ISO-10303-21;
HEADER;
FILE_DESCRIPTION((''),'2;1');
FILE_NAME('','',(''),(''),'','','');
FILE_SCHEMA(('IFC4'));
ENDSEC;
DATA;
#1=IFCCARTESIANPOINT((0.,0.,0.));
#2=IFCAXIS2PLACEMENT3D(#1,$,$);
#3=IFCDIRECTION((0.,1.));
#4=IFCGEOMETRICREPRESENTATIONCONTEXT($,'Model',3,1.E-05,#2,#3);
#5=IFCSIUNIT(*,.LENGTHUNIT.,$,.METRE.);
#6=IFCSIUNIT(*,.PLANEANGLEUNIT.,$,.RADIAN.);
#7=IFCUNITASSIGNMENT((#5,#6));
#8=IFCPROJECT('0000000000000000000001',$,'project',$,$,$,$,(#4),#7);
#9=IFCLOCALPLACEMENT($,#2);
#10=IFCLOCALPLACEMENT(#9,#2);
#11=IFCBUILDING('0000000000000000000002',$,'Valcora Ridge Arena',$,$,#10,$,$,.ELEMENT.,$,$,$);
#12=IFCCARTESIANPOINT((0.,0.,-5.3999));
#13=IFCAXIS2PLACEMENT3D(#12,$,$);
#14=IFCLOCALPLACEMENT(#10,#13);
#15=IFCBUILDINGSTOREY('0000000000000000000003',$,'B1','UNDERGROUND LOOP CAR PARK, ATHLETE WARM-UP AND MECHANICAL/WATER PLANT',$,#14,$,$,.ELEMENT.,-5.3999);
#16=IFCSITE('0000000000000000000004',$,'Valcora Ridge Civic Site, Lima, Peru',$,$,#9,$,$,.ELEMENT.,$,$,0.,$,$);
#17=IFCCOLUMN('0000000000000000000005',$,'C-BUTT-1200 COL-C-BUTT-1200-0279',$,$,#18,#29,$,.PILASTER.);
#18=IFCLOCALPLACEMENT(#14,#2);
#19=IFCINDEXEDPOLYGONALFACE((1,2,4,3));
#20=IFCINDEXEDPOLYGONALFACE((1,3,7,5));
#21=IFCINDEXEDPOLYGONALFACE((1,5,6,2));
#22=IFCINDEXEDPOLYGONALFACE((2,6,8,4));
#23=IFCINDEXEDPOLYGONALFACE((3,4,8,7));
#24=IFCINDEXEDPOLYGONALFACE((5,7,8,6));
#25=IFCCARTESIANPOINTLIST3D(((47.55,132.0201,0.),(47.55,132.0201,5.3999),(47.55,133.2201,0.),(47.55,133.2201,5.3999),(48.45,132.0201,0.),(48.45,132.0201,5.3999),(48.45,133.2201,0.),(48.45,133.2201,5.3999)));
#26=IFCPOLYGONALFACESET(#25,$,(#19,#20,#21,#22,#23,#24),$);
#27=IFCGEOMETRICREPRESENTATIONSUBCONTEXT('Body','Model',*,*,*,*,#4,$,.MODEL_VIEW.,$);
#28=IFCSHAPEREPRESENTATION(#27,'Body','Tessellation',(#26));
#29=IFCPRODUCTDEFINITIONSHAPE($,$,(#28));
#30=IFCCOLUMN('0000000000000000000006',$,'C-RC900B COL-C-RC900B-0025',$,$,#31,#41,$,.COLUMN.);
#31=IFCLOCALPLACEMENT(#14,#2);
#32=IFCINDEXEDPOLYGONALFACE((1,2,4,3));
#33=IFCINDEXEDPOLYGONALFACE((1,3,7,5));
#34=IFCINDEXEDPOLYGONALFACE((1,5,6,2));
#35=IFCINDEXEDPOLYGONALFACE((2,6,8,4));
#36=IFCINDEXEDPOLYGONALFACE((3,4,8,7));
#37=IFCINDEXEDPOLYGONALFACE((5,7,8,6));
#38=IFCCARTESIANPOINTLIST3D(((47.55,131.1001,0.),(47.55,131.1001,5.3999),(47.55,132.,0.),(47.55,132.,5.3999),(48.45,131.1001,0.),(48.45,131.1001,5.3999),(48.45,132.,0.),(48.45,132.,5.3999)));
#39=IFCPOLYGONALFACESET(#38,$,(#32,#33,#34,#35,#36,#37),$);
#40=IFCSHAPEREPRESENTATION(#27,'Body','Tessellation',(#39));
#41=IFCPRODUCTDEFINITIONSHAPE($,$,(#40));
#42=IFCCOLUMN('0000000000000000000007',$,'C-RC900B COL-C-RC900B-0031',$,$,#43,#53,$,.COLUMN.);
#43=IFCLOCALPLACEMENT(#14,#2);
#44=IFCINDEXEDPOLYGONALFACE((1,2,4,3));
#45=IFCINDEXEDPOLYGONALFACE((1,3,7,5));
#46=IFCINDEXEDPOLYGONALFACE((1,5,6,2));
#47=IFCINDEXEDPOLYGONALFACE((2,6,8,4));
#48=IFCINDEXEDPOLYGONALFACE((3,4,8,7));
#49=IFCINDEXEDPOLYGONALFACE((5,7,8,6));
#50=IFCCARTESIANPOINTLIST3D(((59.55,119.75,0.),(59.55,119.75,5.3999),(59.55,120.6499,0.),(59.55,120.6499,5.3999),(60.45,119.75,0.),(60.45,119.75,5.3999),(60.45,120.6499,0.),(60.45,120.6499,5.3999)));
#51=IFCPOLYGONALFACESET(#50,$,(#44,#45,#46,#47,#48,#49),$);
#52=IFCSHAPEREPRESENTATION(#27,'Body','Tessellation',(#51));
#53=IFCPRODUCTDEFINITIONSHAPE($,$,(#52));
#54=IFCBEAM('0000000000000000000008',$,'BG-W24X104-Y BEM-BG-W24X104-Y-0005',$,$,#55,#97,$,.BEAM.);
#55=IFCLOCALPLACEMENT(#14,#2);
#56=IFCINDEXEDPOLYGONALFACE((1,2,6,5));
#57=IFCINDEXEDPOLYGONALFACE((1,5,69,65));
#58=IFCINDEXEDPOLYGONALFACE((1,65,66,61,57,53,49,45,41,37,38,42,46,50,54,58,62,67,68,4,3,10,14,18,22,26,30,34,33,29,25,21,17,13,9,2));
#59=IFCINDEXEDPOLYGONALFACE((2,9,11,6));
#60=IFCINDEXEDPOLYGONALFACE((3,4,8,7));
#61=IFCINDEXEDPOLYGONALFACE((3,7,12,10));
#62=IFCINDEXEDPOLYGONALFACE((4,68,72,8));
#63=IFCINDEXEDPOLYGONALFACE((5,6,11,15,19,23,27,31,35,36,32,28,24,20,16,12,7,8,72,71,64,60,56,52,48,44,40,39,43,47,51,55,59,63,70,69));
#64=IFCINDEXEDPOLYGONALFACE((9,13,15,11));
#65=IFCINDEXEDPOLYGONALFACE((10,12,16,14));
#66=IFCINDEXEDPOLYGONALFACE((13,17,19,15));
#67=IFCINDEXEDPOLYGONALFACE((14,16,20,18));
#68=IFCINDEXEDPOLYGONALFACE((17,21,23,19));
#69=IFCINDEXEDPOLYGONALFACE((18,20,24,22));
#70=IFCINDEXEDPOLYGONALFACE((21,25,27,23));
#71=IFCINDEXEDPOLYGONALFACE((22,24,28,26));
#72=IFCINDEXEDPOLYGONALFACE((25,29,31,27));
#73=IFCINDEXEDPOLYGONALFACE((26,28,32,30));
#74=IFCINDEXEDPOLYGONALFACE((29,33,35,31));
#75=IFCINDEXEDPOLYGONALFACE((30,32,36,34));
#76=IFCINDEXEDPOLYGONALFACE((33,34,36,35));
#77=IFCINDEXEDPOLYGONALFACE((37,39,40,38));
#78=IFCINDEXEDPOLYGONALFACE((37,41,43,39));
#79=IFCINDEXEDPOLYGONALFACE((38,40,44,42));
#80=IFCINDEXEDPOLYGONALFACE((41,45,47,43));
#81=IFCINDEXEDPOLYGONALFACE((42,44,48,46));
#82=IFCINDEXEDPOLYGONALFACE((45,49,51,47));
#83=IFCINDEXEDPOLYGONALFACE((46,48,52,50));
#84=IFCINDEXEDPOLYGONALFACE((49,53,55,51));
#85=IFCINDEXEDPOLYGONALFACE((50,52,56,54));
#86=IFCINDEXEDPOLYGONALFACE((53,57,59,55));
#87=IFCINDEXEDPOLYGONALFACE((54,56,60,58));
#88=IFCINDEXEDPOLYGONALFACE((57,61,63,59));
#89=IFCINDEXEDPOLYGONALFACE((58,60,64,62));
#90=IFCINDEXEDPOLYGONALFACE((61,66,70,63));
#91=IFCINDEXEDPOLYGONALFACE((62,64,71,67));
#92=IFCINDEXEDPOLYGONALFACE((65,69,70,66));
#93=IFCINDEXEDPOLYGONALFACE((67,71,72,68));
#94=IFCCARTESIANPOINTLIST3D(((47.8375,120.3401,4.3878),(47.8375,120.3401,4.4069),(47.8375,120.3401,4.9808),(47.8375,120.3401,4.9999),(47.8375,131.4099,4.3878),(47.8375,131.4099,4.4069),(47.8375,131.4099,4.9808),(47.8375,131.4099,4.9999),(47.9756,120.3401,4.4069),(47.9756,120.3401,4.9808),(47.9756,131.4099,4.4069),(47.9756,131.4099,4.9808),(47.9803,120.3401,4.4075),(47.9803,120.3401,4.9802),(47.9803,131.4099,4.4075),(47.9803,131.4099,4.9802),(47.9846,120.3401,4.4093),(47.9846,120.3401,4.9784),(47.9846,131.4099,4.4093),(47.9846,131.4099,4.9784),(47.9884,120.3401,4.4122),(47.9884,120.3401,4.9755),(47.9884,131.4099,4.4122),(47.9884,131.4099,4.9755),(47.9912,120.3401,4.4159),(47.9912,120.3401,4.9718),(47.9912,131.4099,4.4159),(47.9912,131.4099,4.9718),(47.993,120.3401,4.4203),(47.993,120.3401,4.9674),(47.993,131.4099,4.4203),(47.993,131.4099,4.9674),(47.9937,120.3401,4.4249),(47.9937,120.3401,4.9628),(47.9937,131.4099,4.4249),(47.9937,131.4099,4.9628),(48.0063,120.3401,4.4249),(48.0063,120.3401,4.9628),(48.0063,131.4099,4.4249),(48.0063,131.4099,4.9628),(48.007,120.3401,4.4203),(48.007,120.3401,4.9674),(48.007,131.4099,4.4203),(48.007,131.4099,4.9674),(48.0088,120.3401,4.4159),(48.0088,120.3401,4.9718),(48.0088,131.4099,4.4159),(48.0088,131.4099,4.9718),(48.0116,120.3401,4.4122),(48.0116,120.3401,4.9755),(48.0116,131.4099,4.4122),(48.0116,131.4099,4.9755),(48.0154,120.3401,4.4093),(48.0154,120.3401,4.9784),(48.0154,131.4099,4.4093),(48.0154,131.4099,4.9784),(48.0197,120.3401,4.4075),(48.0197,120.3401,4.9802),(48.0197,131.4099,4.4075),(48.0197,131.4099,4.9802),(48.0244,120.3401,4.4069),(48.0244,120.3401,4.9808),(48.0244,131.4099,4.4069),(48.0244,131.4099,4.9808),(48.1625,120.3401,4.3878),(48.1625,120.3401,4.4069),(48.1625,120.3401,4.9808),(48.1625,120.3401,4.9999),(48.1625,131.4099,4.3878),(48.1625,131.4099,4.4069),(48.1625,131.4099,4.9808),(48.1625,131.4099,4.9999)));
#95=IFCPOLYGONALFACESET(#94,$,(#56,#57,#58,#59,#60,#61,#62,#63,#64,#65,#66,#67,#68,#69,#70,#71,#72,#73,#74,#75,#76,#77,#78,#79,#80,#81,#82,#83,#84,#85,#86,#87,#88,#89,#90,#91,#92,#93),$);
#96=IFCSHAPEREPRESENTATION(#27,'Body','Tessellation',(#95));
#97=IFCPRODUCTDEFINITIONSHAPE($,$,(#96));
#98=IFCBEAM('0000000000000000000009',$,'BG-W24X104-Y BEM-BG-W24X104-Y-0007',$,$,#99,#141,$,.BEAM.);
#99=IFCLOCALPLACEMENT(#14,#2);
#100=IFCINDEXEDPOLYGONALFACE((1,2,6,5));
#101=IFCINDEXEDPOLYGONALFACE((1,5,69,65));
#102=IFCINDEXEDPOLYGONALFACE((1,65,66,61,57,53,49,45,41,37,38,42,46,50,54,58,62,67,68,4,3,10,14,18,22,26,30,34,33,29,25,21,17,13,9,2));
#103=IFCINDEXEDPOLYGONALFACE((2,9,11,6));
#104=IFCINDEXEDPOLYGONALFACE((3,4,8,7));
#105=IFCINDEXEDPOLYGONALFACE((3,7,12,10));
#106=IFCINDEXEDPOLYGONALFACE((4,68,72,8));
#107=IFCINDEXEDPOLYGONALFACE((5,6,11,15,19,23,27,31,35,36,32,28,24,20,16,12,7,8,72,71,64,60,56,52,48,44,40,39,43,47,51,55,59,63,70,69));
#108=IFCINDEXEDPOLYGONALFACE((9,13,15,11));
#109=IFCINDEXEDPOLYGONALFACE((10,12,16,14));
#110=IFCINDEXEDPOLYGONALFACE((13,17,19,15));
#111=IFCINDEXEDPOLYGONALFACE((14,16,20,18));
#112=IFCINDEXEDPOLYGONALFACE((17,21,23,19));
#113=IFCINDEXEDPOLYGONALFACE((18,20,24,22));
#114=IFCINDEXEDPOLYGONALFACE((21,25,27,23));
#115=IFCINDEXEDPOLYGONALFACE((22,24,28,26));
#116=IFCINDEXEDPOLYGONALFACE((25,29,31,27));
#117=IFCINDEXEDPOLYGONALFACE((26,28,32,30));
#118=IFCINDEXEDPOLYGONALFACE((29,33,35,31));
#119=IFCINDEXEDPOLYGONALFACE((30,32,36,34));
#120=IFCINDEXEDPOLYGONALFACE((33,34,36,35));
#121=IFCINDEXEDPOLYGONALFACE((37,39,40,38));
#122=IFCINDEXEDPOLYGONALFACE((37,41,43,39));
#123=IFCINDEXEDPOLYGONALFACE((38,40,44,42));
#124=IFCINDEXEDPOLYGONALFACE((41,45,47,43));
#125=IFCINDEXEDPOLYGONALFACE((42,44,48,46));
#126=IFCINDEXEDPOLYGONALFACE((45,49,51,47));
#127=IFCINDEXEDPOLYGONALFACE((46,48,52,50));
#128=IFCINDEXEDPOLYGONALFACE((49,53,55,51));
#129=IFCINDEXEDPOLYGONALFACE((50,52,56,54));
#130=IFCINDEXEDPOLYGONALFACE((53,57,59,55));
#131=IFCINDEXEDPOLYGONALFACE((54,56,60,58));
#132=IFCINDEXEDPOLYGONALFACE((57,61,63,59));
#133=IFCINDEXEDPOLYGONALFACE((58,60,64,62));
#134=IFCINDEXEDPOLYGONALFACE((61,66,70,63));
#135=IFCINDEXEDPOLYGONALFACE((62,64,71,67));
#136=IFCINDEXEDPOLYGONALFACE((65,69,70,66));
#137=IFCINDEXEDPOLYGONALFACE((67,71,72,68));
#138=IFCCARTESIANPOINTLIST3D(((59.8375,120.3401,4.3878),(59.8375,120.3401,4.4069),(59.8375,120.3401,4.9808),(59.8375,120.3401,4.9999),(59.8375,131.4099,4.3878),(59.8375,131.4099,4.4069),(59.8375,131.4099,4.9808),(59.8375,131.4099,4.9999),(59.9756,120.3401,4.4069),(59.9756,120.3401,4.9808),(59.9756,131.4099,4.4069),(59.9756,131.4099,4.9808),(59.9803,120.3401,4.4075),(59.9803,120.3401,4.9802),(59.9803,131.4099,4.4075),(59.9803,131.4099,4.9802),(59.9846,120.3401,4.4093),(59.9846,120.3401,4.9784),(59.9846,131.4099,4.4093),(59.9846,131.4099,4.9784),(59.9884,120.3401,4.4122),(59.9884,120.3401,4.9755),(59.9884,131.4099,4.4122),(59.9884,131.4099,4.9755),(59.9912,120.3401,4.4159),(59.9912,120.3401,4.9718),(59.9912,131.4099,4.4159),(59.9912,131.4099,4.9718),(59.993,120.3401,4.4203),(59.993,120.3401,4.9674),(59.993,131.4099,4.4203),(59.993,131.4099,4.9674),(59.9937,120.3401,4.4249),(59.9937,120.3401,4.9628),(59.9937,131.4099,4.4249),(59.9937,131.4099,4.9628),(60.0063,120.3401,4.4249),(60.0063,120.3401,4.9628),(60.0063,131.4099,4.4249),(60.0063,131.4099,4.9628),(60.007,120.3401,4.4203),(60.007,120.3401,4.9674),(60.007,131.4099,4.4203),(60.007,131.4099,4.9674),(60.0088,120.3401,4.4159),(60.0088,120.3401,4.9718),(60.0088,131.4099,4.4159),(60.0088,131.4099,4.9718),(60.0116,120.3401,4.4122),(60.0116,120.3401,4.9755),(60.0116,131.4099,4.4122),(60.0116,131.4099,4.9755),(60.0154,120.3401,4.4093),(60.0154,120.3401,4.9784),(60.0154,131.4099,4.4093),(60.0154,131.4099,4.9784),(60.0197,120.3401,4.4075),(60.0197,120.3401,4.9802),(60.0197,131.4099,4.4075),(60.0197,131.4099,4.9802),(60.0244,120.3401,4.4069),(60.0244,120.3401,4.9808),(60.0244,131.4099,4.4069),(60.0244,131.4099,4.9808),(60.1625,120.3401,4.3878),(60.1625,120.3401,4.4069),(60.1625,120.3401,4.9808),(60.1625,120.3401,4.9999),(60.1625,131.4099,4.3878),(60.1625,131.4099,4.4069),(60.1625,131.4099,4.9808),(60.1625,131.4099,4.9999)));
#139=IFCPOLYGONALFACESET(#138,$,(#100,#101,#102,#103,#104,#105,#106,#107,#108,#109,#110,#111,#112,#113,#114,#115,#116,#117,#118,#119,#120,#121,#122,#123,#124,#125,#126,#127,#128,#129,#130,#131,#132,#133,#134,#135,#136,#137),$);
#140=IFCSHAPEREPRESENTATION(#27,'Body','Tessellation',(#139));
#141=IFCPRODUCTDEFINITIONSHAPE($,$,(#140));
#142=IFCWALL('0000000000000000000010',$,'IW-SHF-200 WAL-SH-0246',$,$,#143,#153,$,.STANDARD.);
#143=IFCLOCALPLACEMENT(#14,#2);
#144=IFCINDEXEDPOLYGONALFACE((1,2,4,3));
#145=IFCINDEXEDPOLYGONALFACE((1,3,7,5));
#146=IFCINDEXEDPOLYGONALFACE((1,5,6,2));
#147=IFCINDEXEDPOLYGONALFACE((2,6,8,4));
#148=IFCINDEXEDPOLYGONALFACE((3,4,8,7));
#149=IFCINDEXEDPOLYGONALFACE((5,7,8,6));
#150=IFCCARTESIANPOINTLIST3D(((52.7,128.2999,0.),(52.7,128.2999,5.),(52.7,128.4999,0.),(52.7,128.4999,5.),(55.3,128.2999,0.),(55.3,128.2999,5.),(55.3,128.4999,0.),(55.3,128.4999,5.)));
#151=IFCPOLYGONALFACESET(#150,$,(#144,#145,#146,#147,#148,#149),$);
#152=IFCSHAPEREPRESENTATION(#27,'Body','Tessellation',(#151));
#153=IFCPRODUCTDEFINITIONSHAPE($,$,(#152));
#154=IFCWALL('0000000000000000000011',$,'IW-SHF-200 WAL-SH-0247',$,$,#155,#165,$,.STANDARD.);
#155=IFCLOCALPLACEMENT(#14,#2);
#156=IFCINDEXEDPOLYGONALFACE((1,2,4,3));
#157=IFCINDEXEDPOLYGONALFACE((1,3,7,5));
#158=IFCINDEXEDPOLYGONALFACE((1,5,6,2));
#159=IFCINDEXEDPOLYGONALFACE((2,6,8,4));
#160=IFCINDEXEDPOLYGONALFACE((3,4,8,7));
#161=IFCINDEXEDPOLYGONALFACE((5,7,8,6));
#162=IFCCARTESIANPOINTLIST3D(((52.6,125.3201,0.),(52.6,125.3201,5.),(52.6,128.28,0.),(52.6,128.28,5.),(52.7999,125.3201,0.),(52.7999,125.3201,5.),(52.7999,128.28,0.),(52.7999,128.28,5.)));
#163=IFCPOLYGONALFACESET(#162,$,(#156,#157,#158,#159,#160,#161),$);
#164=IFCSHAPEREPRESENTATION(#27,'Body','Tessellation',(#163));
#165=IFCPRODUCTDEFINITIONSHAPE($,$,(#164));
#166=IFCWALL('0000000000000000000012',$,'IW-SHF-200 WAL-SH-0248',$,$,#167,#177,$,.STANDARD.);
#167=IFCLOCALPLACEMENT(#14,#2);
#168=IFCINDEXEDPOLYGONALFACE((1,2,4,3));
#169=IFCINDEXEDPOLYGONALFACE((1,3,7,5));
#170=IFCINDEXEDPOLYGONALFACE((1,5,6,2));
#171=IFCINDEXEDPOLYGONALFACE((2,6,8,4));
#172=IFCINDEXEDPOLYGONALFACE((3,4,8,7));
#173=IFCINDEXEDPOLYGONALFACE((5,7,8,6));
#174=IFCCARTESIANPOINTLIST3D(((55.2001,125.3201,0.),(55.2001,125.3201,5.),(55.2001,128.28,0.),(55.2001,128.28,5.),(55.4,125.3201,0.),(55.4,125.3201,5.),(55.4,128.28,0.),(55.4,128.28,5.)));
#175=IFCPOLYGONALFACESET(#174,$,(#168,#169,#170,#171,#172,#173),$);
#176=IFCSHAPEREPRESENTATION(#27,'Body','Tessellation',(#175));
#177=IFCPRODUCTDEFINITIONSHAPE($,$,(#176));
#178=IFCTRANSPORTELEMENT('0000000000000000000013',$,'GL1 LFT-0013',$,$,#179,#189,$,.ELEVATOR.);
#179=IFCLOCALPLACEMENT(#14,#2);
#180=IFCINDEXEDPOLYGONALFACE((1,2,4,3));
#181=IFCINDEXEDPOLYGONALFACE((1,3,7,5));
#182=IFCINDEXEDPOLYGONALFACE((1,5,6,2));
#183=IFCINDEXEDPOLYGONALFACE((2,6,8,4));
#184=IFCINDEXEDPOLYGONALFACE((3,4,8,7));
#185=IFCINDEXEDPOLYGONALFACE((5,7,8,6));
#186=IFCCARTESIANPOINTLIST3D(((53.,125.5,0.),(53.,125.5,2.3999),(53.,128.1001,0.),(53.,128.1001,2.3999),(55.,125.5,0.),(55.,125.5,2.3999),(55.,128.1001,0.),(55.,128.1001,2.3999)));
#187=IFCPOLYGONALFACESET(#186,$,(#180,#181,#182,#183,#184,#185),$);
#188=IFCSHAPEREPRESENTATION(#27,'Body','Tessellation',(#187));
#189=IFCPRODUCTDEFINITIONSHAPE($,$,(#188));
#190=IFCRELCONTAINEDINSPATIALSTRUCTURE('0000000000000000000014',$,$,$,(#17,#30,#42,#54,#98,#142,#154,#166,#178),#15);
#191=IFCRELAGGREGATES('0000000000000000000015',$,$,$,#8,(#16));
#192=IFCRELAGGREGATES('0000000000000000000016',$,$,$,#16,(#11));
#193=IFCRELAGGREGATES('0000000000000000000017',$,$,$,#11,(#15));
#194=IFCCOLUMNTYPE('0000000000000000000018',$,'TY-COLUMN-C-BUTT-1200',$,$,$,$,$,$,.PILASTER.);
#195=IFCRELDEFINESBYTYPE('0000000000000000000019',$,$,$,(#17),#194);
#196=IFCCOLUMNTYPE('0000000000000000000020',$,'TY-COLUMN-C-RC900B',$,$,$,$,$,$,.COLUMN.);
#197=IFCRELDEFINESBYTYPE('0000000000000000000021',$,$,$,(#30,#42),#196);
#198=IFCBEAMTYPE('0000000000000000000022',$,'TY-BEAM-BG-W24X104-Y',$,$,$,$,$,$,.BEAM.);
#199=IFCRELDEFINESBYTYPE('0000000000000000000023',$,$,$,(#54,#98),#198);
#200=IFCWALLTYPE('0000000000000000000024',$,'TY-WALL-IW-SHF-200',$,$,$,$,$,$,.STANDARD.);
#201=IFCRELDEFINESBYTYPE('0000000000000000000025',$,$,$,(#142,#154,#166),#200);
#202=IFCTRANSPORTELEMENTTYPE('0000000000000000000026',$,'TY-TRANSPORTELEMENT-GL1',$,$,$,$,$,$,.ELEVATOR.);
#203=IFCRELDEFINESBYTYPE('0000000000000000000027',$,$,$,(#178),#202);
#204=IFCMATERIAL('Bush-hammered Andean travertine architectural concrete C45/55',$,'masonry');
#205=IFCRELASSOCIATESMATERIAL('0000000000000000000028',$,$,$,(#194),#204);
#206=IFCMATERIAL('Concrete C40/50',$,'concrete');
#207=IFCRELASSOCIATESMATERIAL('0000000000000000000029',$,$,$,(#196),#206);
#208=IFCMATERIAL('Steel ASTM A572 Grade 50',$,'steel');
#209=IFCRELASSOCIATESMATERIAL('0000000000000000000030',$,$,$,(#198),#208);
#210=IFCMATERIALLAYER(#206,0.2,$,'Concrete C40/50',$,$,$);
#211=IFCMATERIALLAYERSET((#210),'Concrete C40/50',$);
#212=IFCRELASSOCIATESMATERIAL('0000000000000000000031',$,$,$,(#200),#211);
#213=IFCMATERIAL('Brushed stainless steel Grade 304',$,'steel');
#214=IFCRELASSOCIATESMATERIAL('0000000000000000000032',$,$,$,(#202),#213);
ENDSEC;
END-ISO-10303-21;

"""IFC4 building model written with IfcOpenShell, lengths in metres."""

from ifc_helpers import new_model, si_unit, direction, frame, frame_2d, origin, origin_2d, place, context, subcontext, project, spatial, rectangle, i_section, extrude, material, layer, layer_set, material_profile, profile_set, type_object, element, save


model = new_model("IFC4")

# Units and contexts
model_context = context("Model", 3, precision=1e-05, world=origin(), true_north=direction((0.0, 1.0)))
body_context = subcontext(model_context, "Body", "Model", "MODEL_VIEW")
ifc_project = project(units=[si_unit("LENGTHUNIT", "METRE"), si_unit("PLANEANGLEUNIT", "RADIAN")], contexts=[model_context])

# Site, building, storey
site_placement = place(None, origin())
site = spatial("IfcSite", under=ifc_project, at=site_placement, Name="Valcora Ridge Civic Site, Lima, Peru", CompositionType="ELEMENT", RefElevation=0.0)
building_placement = place(site_placement, origin())
building = spatial("IfcBuilding", under=site, at=building_placement, Name="Valcora Ridge Arena", CompositionType="ELEMENT")
storey_placement = place(building_placement, frame((0.0, 0.0, -5.3999)))
storey = spatial("IfcBuildingStorey", under=building, at=storey_placement, Name="B1", Description="UNDERGROUND LOOP CAR PARK, ATHLETE WARM-UP AND MECHANICAL/WATER PLANT", CompositionType="ELEMENT", Elevation=-5.3999)

# Shared definitions
ifc_material_1 = material(Name="Concrete C40/50", Category="concrete")

# Columns
ifc_material_2 = material(Name="Bush-hammered Andean travertine architectural concrete C45/55", Category="masonry")
ifc_material_profile_1 = material_profile(ifc_material_2, rectangle(XDim=0.8999, YDim=1.2, at=origin_2d()), Name="RC 900x1200")
ifc_profile_set_1 = profile_set([ifc_material_profile_1], Name="Bush-hammered Andean travertine architectural concrete C45/55")
column_type_1 = type_object("IfcColumnType", Name="TY-COLUMN-C-BUTT-1200", PredefinedType="PILASTER", material=ifc_profile_set_1)
for number, where, z_axis, x_axis, name in (
    (1, (48.0, 132.6201, 0.0), (0.0, 0.0, 1.0), (1.0, 0.0, 0.0), "C-BUTT-1200 COL-C-BUTT-1200-0279"),
):
    element("IfcColumn", number, at=place(storey_placement, frame(where, z_axis=z_axis, x_axis=x_axis)), inside=storey, type_object=column_type_1, Name=name, PredefinedType="PILASTER", context=body_context, shape_type="SweptSolid", body=[
        extrude(rectangle(XDim=0.8999, YDim=1.2, at=origin_2d()), origin(), (0.0, 0.0, 1.0), 5.3999),
    ])
ifc_material_profile_2 = material_profile(ifc_material_1, rectangle(XDim=0.8999, YDim=0.8999, at=origin_2d()), Name="RC 900x900")
ifc_profile_set_2 = profile_set([ifc_material_profile_2], Name="Concrete C40/50")
column_type_2 = type_object("IfcColumnType", Name="TY-COLUMN-C-RC900B", PredefinedType="COLUMN", material=ifc_profile_set_2)
for number, where, z_axis, x_axis, name in (
    (2, (48.0, 131.55, 0.0), (0.0, 0.0, 1.0), (1.0, 0.0, 0.0), "C-RC900B COL-C-RC900B-0025"),
    (3, (60.0, 120.2, 0.0), (0.0, 0.0, 1.0), (1.0, 0.0, 0.0), "C-RC900B COL-C-RC900B-0031"),
):
    element("IfcColumn", number, at=place(storey_placement, frame(where, z_axis=z_axis, x_axis=x_axis)), inside=storey, type_object=column_type_2, Name=name, PredefinedType="COLUMN", context=body_context, shape_type="SweptSolid", body=[
        extrude(rectangle(XDim=0.8999, YDim=0.8999, at=origin_2d()), origin(), (0.0, 0.0, 1.0), 5.3999),
    ])

# Beams
ifc_material_3 = material(Name="Steel ASTM A572 Grade 50", Category="steel")
ifc_material_profile_3 = material_profile(ifc_material_3, i_section(OverallWidth=0.325, OverallDepth=0.6121, WebThickness=0.0127, FlangeThickness=0.019, FilletRadius=0.0181, at=origin_2d()), Name="W24X104")
ifc_profile_set_3 = profile_set([ifc_material_profile_3], Name="Steel ASTM A572 Grade 50")
beam_type = type_object("IfcBeamType", Name="TY-BEAM-BG-W24X104-Y", PredefinedType="BEAM", material=ifc_profile_set_3)
for number, where, z_axis, x_axis, name in (
    (4, (48.0, 120.3401, 4.6938), (0.0, 1.0, 0.0), (-1.0, 0.0, 0.0), "BG-W24X104-Y BEM-BG-W24X104-Y-0005"),
    (5, (60.0, 120.3401, 4.6938), (0.0, 1.0, 0.0), (-1.0, 0.0, 0.0), "BG-W24X104-Y BEM-BG-W24X104-Y-0007"),
):
    element("IfcBeam", number, at=place(storey_placement, frame(where, z_axis=z_axis, x_axis=x_axis)), inside=storey, type_object=beam_type, Name=name, PredefinedType="BEAM", context=body_context, shape_type="SweptSolid", body=[
        extrude(i_section(OverallWidth=0.325, OverallDepth=0.6121, WebThickness=0.0127, FlangeThickness=0.019, FilletRadius=0.0181, at=origin_2d()), origin(), (0.0, 0.0, 1.0), 11.0698),
    ])

# Shared definitions
ifc_layer_1 = layer(ifc_material_1, 0.2, Name="Concrete C40/50")
ifc_layer_set_1 = layer_set([ifc_layer_1], Name="Concrete C40/50")
wall_type = type_object("IfcWallType", Name="TY-WALL-IW-SHF-200", PredefinedType="STANDARD", material=ifc_layer_set_1)

# Walls
wall_1_placement = place(storey_placement, frame((52.7, 128.3999, 0.0), z_axis=(0.0, 0.0, 1.0), x_axis=(1.0, 0.0, 0.0)))
element("IfcWall", 6, at=wall_1_placement, inside=storey, type_object=wall_type, Name="IW-SHF-200 WAL-SH-0246", PredefinedType="STANDARD", context=body_context, shape_type="SweptSolid", body=[
    extrude(rectangle(XDim=2.6001, YDim=0.2, at=frame_2d((1.3, 0.0))), origin(), (0.0, 0.0, 1.0), 5.0),
])
for number, where, z_axis, x_axis, name in (
    (7, (52.7, 125.3201, 0.0), (0.0, 0.0, 1.0), (0.0, 1.0, 0.0), "IW-SHF-200 WAL-SH-0247"),
    (8, (55.3, 125.3201, 0.0), (0.0, 0.0, 1.0), (0.0, 1.0, 0.0), "IW-SHF-200 WAL-SH-0248"),
):
    element("IfcWall", number, at=place(storey_placement, frame(where, z_axis=z_axis, x_axis=x_axis)), inside=storey, type_object=wall_type, Name=name, PredefinedType="STANDARD", context=body_context, shape_type="SweptSolid", body=[
        extrude(rectangle(XDim=2.96, YDim=0.2, at=frame_2d((1.48, 0.0))), origin(), (0.0, 0.0, 1.0), 5.0),
    ])

# Transport element
ifc_material_4 = material(Name="Brushed stainless steel Grade 304", Category="steel")
transport_element_type = type_object("IfcTransportElementType", Name="TY-TRANSPORTELEMENT-GL1", PredefinedType="ELEVATOR", material=ifc_material_4)
transport_element_placement = place(storey_placement, frame((54.0, 126.8, 0.0), z_axis=(0.0, 0.0, 1.0), x_axis=(1.0, 0.0, 0.0)))
element("IfcTransportElement", 9, at=transport_element_placement, inside=storey, type_object=transport_element_type, Name="GL1 LFT-0013", PredefinedType="ELEVATOR", context=body_context, shape_type="SweptSolid", body=[
    extrude(rectangle(XDim=2.0, YDim=2.6001, at=origin_2d()), origin(), (0.0, 0.0, 1.0), 2.3999),
])

save(model, "model.ifc")
